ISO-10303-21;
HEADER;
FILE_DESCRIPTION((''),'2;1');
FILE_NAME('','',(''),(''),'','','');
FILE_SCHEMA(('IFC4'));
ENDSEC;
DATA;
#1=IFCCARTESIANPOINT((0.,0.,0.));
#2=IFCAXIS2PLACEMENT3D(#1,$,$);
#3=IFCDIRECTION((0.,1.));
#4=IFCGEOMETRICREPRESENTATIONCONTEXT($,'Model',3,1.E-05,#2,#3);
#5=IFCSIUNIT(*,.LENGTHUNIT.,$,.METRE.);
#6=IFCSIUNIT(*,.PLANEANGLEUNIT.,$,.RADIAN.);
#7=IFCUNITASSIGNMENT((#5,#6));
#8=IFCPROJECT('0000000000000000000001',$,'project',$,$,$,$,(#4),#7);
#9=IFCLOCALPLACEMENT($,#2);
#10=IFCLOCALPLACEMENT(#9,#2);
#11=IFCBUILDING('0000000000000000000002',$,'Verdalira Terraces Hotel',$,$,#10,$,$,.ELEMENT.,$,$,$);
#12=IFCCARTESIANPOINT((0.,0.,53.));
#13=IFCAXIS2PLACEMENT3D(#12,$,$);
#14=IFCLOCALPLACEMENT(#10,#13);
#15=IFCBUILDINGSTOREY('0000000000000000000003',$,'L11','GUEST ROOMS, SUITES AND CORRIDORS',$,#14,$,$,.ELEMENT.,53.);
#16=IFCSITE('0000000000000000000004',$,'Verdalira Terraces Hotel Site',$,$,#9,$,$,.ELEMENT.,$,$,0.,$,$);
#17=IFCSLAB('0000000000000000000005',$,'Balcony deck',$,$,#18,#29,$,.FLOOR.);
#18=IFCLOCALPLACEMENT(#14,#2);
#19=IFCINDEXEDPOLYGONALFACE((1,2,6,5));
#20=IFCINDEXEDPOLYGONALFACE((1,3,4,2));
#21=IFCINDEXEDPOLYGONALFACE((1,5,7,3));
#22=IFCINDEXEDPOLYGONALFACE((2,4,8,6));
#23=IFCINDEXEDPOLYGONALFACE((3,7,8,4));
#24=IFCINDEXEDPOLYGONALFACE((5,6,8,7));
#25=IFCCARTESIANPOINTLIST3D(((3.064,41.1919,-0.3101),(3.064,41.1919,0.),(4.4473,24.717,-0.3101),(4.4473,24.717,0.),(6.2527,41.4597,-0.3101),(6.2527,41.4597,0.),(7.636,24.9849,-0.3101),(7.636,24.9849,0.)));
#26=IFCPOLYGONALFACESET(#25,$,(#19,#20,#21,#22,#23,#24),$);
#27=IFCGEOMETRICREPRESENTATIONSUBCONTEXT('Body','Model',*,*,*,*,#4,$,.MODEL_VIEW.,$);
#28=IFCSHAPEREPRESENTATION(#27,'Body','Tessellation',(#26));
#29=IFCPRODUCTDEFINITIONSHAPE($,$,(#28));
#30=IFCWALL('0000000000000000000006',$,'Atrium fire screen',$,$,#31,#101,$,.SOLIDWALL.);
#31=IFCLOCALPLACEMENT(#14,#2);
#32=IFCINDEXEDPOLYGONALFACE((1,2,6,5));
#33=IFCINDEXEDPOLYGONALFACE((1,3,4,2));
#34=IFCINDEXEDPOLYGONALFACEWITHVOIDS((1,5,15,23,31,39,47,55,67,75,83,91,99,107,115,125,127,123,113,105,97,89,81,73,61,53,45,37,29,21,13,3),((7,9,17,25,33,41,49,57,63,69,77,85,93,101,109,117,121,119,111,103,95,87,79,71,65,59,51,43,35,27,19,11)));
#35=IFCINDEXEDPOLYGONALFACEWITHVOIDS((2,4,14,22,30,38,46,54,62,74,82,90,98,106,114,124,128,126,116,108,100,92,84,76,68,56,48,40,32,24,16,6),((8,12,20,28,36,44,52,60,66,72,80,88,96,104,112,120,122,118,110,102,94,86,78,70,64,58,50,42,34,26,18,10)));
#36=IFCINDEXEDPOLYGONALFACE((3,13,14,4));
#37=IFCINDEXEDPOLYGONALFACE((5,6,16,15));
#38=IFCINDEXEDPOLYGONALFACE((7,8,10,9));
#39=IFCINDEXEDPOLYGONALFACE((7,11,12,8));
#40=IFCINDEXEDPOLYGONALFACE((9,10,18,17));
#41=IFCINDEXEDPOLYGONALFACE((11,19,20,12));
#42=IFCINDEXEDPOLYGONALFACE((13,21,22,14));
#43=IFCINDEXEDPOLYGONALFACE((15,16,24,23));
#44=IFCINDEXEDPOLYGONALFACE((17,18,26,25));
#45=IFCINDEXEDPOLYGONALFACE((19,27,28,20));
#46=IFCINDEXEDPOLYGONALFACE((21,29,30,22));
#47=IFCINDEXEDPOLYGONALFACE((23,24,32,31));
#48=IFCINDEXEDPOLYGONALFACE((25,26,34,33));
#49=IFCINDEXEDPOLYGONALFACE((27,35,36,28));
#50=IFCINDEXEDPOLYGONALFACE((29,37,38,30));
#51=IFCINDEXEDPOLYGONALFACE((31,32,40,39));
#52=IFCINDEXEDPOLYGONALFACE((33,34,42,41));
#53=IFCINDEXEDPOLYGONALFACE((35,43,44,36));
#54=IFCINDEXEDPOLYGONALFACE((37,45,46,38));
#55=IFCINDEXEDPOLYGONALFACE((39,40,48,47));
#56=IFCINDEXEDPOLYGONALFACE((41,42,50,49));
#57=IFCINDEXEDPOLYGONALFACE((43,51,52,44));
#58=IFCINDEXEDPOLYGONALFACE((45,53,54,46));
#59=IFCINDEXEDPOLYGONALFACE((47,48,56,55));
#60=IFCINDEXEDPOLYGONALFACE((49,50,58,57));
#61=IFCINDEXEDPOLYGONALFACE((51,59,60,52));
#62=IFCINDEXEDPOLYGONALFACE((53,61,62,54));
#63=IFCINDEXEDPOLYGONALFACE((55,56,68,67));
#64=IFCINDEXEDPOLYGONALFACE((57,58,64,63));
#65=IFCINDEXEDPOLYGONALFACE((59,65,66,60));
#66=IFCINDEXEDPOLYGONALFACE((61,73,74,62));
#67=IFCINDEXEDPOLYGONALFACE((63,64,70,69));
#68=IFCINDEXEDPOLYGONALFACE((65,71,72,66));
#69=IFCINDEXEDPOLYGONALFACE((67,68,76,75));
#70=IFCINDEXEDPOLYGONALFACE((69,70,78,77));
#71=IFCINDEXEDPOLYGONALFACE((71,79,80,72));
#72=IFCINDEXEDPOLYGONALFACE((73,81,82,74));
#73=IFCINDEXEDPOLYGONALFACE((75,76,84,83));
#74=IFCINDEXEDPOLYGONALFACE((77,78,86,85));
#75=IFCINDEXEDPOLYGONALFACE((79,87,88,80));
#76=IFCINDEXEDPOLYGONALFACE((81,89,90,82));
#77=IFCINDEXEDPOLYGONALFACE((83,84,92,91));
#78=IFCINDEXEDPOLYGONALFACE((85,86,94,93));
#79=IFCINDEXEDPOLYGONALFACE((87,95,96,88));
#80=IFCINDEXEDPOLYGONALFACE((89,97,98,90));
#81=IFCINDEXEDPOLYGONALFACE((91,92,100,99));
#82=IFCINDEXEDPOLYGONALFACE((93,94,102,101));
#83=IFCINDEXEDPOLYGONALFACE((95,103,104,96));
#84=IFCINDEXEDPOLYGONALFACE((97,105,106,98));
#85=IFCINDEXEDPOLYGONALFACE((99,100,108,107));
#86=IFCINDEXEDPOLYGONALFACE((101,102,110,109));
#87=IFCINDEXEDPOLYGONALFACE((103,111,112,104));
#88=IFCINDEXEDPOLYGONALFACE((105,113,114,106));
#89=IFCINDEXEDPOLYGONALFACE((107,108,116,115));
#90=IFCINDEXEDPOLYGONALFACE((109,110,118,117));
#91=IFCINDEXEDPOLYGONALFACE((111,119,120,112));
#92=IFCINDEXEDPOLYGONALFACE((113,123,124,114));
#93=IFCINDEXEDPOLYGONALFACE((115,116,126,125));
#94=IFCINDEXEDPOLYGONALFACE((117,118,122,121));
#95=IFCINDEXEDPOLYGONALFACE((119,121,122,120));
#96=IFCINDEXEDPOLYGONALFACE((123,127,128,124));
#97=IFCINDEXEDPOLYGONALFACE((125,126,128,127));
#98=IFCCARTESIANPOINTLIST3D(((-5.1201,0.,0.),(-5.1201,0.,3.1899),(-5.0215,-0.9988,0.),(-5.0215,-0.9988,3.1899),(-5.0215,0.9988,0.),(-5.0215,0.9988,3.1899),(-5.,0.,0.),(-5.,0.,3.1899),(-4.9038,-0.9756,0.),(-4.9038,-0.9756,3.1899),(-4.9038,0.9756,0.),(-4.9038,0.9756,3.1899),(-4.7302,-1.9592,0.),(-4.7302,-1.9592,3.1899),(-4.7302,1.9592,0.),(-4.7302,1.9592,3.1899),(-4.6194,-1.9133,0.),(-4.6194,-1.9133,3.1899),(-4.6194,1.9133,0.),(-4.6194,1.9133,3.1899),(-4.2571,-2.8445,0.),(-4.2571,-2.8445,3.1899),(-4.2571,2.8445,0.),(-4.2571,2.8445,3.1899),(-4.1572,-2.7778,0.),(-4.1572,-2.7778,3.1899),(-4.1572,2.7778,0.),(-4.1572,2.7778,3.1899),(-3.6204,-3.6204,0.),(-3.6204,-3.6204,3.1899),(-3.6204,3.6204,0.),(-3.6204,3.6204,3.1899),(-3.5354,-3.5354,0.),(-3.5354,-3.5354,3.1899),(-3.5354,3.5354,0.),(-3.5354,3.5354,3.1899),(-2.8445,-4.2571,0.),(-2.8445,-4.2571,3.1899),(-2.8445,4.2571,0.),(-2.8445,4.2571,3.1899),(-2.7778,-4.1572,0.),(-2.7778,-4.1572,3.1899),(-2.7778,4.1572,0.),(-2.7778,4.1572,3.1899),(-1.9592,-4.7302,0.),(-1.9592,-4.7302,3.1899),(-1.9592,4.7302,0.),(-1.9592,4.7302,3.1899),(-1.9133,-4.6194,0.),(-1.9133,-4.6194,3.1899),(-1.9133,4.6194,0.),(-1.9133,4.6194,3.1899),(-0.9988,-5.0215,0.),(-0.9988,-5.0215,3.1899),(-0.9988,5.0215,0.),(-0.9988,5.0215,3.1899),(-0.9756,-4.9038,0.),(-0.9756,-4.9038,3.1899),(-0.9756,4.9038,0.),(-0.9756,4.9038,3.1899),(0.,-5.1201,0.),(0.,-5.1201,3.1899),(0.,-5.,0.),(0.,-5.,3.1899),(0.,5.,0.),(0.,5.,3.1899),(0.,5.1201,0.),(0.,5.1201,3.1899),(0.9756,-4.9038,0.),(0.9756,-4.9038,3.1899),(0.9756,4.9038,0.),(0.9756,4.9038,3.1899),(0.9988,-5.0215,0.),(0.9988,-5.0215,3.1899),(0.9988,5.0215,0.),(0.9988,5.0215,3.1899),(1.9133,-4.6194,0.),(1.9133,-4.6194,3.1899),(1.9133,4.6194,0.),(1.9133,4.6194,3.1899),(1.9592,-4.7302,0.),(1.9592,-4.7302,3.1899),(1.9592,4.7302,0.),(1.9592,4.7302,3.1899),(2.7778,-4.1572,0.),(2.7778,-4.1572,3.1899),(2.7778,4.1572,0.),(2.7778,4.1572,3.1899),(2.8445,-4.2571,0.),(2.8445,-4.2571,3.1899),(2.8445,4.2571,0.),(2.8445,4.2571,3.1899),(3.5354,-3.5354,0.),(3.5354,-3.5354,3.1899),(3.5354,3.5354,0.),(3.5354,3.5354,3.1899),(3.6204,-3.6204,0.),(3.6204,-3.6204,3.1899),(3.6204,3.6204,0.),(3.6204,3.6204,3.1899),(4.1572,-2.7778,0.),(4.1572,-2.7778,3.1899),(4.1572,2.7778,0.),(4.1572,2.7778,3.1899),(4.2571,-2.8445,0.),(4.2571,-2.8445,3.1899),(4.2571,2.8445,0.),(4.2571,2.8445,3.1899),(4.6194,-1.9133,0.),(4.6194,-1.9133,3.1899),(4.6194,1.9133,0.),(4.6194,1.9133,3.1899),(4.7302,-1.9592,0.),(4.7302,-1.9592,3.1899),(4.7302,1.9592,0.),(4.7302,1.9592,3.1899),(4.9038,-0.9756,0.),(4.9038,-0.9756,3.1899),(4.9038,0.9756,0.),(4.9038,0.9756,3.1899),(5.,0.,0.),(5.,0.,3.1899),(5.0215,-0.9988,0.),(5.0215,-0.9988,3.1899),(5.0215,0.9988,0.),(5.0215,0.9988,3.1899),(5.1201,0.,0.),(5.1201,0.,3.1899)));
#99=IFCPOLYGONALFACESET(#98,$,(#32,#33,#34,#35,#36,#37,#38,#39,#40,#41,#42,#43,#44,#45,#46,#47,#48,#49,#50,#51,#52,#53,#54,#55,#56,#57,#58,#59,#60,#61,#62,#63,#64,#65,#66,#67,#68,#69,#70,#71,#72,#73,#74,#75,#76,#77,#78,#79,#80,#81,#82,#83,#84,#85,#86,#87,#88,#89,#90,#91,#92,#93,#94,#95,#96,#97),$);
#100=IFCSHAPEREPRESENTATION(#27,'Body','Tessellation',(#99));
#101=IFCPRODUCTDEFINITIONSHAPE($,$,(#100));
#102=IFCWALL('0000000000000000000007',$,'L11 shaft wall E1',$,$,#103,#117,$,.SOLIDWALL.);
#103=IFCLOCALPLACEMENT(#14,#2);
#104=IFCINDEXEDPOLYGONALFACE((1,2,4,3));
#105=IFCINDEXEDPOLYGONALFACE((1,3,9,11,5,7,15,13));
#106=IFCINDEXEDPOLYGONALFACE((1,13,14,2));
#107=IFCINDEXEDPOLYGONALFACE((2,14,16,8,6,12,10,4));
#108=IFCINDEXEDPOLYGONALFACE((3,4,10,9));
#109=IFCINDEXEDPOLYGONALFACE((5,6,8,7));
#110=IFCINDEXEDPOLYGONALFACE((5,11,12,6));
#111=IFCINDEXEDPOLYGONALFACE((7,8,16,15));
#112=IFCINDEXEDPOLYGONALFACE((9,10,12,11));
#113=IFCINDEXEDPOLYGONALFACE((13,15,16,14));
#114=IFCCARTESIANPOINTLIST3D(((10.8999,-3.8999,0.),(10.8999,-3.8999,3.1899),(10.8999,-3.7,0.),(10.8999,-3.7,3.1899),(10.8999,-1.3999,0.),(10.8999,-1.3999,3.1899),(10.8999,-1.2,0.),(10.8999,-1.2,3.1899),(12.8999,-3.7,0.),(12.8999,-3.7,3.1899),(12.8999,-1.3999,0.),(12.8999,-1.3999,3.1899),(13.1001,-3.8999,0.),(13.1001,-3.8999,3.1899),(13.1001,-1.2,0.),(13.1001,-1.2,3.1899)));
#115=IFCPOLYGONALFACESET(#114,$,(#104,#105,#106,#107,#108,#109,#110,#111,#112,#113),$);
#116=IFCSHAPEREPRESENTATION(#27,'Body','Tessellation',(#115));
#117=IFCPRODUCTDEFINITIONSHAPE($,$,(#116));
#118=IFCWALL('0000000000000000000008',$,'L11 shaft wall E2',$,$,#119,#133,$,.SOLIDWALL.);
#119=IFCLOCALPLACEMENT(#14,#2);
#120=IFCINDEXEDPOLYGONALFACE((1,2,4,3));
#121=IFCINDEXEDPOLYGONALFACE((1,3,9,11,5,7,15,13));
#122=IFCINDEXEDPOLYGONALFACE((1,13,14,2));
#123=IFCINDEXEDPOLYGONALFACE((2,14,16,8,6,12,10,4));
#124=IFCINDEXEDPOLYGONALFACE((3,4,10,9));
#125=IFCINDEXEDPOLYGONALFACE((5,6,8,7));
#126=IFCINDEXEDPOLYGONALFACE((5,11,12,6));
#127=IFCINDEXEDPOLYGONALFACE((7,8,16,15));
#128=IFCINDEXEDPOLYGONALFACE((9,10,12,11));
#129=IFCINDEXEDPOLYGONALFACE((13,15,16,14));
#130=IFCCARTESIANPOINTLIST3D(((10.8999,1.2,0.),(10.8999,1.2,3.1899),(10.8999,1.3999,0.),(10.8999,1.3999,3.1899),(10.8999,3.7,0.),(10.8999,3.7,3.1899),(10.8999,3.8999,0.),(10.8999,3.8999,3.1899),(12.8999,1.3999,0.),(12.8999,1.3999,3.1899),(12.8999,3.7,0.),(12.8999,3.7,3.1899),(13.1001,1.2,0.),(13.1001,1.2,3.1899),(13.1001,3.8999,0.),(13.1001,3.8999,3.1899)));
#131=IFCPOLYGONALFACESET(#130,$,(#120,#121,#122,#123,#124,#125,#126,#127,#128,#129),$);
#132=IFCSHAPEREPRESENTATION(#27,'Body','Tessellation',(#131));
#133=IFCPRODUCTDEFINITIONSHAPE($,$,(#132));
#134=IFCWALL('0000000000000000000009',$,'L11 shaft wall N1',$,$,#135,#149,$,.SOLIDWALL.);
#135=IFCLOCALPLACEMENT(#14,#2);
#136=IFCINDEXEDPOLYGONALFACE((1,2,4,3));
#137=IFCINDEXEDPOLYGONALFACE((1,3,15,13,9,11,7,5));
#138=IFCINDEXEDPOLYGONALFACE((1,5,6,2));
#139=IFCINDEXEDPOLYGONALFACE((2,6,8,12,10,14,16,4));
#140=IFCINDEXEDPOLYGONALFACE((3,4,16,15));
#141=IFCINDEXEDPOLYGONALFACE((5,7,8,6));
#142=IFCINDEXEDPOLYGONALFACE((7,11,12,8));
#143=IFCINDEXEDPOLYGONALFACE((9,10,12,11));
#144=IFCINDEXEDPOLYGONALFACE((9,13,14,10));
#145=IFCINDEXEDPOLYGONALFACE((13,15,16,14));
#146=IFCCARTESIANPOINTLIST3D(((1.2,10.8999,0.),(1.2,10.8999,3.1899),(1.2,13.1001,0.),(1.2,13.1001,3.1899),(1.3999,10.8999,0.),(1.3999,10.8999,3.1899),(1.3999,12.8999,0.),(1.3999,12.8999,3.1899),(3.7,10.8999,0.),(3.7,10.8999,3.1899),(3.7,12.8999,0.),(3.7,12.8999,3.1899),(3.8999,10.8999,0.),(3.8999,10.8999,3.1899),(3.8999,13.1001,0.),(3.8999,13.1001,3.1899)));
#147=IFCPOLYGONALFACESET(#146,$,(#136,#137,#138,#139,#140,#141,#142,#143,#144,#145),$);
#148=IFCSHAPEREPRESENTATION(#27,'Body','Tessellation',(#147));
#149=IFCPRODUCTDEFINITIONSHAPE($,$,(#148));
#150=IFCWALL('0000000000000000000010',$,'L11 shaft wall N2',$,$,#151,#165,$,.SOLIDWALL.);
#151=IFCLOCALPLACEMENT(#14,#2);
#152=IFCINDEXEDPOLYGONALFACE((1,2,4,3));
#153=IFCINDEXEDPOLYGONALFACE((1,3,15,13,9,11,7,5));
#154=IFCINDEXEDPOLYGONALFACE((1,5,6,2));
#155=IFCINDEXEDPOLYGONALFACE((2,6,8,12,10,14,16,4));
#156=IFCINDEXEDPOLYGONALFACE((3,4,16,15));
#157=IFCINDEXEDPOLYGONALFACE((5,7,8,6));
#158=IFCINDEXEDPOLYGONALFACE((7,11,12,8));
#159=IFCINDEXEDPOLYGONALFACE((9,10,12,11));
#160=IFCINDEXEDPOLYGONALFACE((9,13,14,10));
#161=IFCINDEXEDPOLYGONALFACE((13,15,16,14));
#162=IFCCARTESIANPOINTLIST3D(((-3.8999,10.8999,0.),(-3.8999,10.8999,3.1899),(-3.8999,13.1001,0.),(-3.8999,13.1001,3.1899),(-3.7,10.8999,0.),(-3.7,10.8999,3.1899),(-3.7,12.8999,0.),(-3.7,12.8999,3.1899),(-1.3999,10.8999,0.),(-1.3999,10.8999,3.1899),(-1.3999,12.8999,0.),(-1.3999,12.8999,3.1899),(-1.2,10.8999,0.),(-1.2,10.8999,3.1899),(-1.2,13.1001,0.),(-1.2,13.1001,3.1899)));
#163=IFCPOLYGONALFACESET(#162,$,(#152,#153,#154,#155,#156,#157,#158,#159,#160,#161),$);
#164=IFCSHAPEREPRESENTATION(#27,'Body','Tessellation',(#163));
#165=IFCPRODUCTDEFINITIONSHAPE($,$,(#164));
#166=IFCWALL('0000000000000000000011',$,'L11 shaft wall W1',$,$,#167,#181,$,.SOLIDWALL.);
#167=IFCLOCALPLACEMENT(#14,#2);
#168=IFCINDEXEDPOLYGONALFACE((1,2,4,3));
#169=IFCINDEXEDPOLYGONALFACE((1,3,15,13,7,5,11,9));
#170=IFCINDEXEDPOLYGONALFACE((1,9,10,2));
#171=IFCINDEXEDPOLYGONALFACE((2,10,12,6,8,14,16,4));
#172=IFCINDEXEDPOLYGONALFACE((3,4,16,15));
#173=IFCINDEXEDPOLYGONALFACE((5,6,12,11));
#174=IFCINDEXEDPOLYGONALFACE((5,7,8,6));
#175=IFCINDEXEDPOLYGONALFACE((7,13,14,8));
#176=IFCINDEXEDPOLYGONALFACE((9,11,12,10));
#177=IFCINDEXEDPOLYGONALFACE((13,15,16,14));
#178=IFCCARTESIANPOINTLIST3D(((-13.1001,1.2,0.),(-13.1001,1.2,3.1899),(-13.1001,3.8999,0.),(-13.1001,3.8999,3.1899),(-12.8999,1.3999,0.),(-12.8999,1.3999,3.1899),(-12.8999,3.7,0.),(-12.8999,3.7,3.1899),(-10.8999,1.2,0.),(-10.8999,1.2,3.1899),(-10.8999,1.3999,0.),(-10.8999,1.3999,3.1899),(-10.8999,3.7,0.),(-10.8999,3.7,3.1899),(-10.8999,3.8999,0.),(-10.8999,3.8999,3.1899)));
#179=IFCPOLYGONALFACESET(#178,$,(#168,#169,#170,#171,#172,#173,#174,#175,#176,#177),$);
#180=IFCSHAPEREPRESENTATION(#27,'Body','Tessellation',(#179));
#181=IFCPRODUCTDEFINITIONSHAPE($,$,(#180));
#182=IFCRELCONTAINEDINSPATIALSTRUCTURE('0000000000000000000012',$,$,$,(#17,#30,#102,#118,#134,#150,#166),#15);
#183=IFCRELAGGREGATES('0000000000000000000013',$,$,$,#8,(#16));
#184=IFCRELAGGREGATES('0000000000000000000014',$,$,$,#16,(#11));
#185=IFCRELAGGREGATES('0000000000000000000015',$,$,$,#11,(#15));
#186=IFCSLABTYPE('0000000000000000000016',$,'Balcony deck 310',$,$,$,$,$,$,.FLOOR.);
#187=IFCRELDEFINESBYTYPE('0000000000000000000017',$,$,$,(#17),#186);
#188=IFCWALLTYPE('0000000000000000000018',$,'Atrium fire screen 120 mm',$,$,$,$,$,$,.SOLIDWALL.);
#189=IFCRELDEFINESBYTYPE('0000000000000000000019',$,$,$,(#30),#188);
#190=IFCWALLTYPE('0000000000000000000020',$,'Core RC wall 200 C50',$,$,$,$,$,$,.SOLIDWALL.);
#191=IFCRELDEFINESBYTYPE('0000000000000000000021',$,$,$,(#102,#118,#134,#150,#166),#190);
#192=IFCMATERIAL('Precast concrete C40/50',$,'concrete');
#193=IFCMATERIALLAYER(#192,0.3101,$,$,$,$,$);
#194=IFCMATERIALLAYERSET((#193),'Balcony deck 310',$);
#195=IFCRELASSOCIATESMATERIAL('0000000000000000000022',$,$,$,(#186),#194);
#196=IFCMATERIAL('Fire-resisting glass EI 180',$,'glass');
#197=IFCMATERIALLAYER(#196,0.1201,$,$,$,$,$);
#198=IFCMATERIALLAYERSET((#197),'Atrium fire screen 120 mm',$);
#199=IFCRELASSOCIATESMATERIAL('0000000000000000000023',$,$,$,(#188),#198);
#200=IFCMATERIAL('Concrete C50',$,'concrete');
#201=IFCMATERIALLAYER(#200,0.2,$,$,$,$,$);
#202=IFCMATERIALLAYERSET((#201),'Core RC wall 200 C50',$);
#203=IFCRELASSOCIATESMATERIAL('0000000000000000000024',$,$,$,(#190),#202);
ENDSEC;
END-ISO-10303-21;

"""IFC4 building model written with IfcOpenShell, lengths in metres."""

from ifc_helpers import new_model, si_unit, direction, frame, origin, place, context, subcontext, project, spatial, polyline, outline, extrude, material, layer, layer_set, type_object, element, save


model = new_model("IFC4")

# Units and contexts
model_context = context("Model", 3, precision=1e-05, world=origin(), true_north=direction((0.0, 1.0)))
body_context = subcontext(model_context, "Body", "Model", "MODEL_VIEW")
ifc_project = project(units=[si_unit("LENGTHUNIT", "METRE"), si_unit("PLANEANGLEUNIT", "RADIAN")], contexts=[model_context])

# Site, building, storey
site_placement = place(None, origin())
site = spatial("IfcSite", under=ifc_project, at=site_placement, Name="Verdalira Terraces Hotel Site", CompositionType="ELEMENT", RefElevation=0.0)
building_placement = place(site_placement, origin())
building = spatial("IfcBuilding", under=site, at=building_placement, Name="Verdalira Terraces Hotel", CompositionType="ELEMENT")
storey_placement = place(building_placement, frame((0.0, 0.0, 53.0)))
storey = spatial("IfcBuildingStorey", under=building, at=storey_placement, Name="L11", Description="GUEST ROOMS, SUITES AND CORRIDORS", CompositionType="ELEMENT", Elevation=53.0)

# Slab
ifc_material_1 = material(Name="Precast concrete C40/50", Category="concrete")
ifc_layer_1 = layer(ifc_material_1, 0.3101)
ifc_layer_set_1 = layer_set([ifc_layer_1], Name="Balcony deck 310")
slab_type = type_object("IfcSlabType", Name="Balcony deck 310", PredefinedType="FLOOR", material=ifc_layer_set_1)
slab_placement = place(storey_placement, frame((0.0, 0.0, -0.3101)))
element("IfcSlab", 1, at=slab_placement, inside=storey, type_object=slab_type, Name="Balcony deck", PredefinedType="FLOOR", context=body_context, shape_type="SweptSolid", body=[
    extrude(outline(polyline([(6.2527, 41.4597), (3.064, 41.1919), (4.4473, 24.717), (7.636, 24.9849), (6.2527, 41.4597)])), origin(), (0.0, 0.0, 1.0), 0.3101),
])

# Walls
ifc_material_2 = material(Name="Fire-resisting glass EI 180", Category="glass")
ifc_layer_2 = layer(ifc_material_2, 0.1201)
ifc_layer_set_2 = layer_set([ifc_layer_2], Name="Atrium fire screen 120 mm")
wall_type_1 = type_object("IfcWallType", Name="Atrium fire screen 120 mm", PredefinedType="SOLIDWALL", material=ifc_layer_set_2)
wall_1_placement = place(storey_placement, origin())
element("IfcWall", 2, at=wall_1_placement, inside=storey, type_object=wall_type_1, Name="Atrium fire screen", PredefinedType="SOLIDWALL", context=body_context, shape_type="SweptSolid", body=[
    extrude(outline(polyline([(5.0215, -0.9988), (4.7302, -1.9592), (4.2571, -2.8445), (3.6204, -3.6204), (2.8445, -4.2571), (1.9592, -4.7302), (0.9988, -5.0215), (0.0, -5.1201), (-0.9988, -5.0215), (-1.9592, -4.7302), (-2.8445, -4.2571), (-3.6204, -3.6204), (-4.2571, -2.8445), (-4.7302, -1.9592), (-5.0215, -0.9988), (-5.1201, 0.0), (-5.0215, 0.9988), (-4.7302, 1.9592), (-4.2571, 2.8445), (-3.6204, 3.6204), (-2.8445, 4.2571), (-1.9592, 4.7302), (-0.9988, 5.0215), (0.0, 5.1201), (0.9988, 5.0215), (1.9592, 4.7302), (2.8445, 4.2571), (3.6204, 3.6204), (4.2571, 2.8445), (4.7302, 1.9592), (5.0215, 0.9988), (5.1201, 0.0), (5.0215, -0.9988)]), holes=[polyline([(4.9038, 0.9756), (4.6194, 1.9133), (4.1572, 2.7778), (3.5354, 3.5354), (2.7778, 4.1572), (1.9133, 4.6194), (0.9756, 4.9038), (0.0, 5.0), (-0.9756, 4.9038), (-1.9133, 4.6194), (-2.7778, 4.1572), (-3.5354, 3.5354), (-4.1572, 2.7778), (-4.6194, 1.9133), (-4.9038, 0.9756), (-5.0, 0.0), (-4.9038, -0.9756), (-4.6194, -1.9133), (-4.1572, -2.7778), (-3.5354, -3.5354), (-2.7778, -4.1572), (-1.9133, -4.6194), (-0.9756, -4.9038), (0.0, -5.0), (0.9756, -4.9038), (1.9133, -4.6194), (2.7778, -4.1572), (3.5354, -3.5354), (4.1572, -2.7778), (4.6194, -1.9133), (4.9038, -0.9756), (5.0, 0.0), (4.9038, 0.9756)])]), origin(), (0.0, 0.0, 1.0), 3.1899),
])
ifc_material_3 = material(Name="Concrete C50", Category="concrete")
ifc_layer_3 = layer(ifc_material_3, 0.2)
ifc_layer_set_3 = layer_set([ifc_layer_3], Name="Core RC wall 200 C50")
wall_type_2 = type_object("IfcWallType", Name="Core RC wall 200 C50", PredefinedType="SOLIDWALL", material=ifc_layer_set_3)
wall_2_placement = place(storey_placement, origin())
element("IfcWall", 3, at=wall_2_placement, inside=storey, type_object=wall_type_2, Name="L11 shaft wall E1", PredefinedType="SOLIDWALL", context=body_context, shape_type="SweptSolid", body=[
    extrude(outline(polyline([(13.1001, -3.8999), (10.8999, -3.8999), (10.8999, -3.7), (12.8999, -3.7), (12.8999, -1.3999), (10.8999, -1.3999), (10.8999, -1.2), (13.1001, -1.2), (13.1001, -3.8999)])), origin(), (0.0, 0.0, 1.0), 3.1899),
])
wall_3_placement = place(storey_placement, origin())
element("IfcWall", 4, at=wall_3_placement, inside=storey, type_object=wall_type_2, Name="L11 shaft wall E2", PredefinedType="SOLIDWALL", context=body_context, shape_type="SweptSolid", body=[
    extrude(outline(polyline([(13.1001, 3.8999), (13.1001, 1.2), (10.8999, 1.2), (10.8999, 1.3999), (12.8999, 1.3999), (12.8999, 3.7), (10.8999, 3.7), (10.8999, 3.8999), (13.1001, 3.8999)])), origin(), (0.0, 0.0, 1.0), 3.1899),
])
wall_4_placement = place(storey_placement, origin())
element("IfcWall", 5, at=wall_4_placement, inside=storey, type_object=wall_type_2, Name="L11 shaft wall N1", PredefinedType="SOLIDWALL", context=body_context, shape_type="SweptSolid", body=[
    extrude(outline(polyline([(3.8999, 13.1001), (3.8999, 10.8999), (3.7, 10.8999), (3.7, 12.8999), (1.3999, 12.8999), (1.3999, 10.8999), (1.2, 10.8999), (1.2, 13.1001), (3.8999, 13.1001)])), origin(), (0.0, 0.0, 1.0), 3.1899),
])
wall_5_placement = place(storey_placement, origin())
element("IfcWall", 6, at=wall_5_placement, inside=storey, type_object=wall_type_2, Name="L11 shaft wall N2", PredefinedType="SOLIDWALL", context=body_context, shape_type="SweptSolid", body=[
    extrude(outline(polyline([(-3.8999, 10.8999), (-3.8999, 13.1001), (-1.2, 13.1001), (-1.2, 10.8999), (-1.3999, 10.8999), (-1.3999, 12.8999), (-3.7, 12.8999), (-3.7, 10.8999), (-3.8999, 10.8999)])), origin(), (0.0, 0.0, 1.0), 3.1899),
])
wall_6_placement = place(storey_placement, origin())
element("IfcWall", 7, at=wall_6_placement, inside=storey, type_object=wall_type_2, Name="L11 shaft wall W1", PredefinedType="SOLIDWALL", context=body_context, shape_type="SweptSolid", body=[
    extrude(outline(polyline([(-13.1001, 3.8999), (-10.8999, 3.8999), (-10.8999, 3.7), (-12.8999, 3.7), (-12.8999, 1.3999), (-10.8999, 1.3999), (-10.8999, 1.2), (-13.1001, 1.2), (-13.1001, 3.8999)])), origin(), (0.0, 0.0, 1.0), 3.1899),
])

save(model, "model.ifc")
